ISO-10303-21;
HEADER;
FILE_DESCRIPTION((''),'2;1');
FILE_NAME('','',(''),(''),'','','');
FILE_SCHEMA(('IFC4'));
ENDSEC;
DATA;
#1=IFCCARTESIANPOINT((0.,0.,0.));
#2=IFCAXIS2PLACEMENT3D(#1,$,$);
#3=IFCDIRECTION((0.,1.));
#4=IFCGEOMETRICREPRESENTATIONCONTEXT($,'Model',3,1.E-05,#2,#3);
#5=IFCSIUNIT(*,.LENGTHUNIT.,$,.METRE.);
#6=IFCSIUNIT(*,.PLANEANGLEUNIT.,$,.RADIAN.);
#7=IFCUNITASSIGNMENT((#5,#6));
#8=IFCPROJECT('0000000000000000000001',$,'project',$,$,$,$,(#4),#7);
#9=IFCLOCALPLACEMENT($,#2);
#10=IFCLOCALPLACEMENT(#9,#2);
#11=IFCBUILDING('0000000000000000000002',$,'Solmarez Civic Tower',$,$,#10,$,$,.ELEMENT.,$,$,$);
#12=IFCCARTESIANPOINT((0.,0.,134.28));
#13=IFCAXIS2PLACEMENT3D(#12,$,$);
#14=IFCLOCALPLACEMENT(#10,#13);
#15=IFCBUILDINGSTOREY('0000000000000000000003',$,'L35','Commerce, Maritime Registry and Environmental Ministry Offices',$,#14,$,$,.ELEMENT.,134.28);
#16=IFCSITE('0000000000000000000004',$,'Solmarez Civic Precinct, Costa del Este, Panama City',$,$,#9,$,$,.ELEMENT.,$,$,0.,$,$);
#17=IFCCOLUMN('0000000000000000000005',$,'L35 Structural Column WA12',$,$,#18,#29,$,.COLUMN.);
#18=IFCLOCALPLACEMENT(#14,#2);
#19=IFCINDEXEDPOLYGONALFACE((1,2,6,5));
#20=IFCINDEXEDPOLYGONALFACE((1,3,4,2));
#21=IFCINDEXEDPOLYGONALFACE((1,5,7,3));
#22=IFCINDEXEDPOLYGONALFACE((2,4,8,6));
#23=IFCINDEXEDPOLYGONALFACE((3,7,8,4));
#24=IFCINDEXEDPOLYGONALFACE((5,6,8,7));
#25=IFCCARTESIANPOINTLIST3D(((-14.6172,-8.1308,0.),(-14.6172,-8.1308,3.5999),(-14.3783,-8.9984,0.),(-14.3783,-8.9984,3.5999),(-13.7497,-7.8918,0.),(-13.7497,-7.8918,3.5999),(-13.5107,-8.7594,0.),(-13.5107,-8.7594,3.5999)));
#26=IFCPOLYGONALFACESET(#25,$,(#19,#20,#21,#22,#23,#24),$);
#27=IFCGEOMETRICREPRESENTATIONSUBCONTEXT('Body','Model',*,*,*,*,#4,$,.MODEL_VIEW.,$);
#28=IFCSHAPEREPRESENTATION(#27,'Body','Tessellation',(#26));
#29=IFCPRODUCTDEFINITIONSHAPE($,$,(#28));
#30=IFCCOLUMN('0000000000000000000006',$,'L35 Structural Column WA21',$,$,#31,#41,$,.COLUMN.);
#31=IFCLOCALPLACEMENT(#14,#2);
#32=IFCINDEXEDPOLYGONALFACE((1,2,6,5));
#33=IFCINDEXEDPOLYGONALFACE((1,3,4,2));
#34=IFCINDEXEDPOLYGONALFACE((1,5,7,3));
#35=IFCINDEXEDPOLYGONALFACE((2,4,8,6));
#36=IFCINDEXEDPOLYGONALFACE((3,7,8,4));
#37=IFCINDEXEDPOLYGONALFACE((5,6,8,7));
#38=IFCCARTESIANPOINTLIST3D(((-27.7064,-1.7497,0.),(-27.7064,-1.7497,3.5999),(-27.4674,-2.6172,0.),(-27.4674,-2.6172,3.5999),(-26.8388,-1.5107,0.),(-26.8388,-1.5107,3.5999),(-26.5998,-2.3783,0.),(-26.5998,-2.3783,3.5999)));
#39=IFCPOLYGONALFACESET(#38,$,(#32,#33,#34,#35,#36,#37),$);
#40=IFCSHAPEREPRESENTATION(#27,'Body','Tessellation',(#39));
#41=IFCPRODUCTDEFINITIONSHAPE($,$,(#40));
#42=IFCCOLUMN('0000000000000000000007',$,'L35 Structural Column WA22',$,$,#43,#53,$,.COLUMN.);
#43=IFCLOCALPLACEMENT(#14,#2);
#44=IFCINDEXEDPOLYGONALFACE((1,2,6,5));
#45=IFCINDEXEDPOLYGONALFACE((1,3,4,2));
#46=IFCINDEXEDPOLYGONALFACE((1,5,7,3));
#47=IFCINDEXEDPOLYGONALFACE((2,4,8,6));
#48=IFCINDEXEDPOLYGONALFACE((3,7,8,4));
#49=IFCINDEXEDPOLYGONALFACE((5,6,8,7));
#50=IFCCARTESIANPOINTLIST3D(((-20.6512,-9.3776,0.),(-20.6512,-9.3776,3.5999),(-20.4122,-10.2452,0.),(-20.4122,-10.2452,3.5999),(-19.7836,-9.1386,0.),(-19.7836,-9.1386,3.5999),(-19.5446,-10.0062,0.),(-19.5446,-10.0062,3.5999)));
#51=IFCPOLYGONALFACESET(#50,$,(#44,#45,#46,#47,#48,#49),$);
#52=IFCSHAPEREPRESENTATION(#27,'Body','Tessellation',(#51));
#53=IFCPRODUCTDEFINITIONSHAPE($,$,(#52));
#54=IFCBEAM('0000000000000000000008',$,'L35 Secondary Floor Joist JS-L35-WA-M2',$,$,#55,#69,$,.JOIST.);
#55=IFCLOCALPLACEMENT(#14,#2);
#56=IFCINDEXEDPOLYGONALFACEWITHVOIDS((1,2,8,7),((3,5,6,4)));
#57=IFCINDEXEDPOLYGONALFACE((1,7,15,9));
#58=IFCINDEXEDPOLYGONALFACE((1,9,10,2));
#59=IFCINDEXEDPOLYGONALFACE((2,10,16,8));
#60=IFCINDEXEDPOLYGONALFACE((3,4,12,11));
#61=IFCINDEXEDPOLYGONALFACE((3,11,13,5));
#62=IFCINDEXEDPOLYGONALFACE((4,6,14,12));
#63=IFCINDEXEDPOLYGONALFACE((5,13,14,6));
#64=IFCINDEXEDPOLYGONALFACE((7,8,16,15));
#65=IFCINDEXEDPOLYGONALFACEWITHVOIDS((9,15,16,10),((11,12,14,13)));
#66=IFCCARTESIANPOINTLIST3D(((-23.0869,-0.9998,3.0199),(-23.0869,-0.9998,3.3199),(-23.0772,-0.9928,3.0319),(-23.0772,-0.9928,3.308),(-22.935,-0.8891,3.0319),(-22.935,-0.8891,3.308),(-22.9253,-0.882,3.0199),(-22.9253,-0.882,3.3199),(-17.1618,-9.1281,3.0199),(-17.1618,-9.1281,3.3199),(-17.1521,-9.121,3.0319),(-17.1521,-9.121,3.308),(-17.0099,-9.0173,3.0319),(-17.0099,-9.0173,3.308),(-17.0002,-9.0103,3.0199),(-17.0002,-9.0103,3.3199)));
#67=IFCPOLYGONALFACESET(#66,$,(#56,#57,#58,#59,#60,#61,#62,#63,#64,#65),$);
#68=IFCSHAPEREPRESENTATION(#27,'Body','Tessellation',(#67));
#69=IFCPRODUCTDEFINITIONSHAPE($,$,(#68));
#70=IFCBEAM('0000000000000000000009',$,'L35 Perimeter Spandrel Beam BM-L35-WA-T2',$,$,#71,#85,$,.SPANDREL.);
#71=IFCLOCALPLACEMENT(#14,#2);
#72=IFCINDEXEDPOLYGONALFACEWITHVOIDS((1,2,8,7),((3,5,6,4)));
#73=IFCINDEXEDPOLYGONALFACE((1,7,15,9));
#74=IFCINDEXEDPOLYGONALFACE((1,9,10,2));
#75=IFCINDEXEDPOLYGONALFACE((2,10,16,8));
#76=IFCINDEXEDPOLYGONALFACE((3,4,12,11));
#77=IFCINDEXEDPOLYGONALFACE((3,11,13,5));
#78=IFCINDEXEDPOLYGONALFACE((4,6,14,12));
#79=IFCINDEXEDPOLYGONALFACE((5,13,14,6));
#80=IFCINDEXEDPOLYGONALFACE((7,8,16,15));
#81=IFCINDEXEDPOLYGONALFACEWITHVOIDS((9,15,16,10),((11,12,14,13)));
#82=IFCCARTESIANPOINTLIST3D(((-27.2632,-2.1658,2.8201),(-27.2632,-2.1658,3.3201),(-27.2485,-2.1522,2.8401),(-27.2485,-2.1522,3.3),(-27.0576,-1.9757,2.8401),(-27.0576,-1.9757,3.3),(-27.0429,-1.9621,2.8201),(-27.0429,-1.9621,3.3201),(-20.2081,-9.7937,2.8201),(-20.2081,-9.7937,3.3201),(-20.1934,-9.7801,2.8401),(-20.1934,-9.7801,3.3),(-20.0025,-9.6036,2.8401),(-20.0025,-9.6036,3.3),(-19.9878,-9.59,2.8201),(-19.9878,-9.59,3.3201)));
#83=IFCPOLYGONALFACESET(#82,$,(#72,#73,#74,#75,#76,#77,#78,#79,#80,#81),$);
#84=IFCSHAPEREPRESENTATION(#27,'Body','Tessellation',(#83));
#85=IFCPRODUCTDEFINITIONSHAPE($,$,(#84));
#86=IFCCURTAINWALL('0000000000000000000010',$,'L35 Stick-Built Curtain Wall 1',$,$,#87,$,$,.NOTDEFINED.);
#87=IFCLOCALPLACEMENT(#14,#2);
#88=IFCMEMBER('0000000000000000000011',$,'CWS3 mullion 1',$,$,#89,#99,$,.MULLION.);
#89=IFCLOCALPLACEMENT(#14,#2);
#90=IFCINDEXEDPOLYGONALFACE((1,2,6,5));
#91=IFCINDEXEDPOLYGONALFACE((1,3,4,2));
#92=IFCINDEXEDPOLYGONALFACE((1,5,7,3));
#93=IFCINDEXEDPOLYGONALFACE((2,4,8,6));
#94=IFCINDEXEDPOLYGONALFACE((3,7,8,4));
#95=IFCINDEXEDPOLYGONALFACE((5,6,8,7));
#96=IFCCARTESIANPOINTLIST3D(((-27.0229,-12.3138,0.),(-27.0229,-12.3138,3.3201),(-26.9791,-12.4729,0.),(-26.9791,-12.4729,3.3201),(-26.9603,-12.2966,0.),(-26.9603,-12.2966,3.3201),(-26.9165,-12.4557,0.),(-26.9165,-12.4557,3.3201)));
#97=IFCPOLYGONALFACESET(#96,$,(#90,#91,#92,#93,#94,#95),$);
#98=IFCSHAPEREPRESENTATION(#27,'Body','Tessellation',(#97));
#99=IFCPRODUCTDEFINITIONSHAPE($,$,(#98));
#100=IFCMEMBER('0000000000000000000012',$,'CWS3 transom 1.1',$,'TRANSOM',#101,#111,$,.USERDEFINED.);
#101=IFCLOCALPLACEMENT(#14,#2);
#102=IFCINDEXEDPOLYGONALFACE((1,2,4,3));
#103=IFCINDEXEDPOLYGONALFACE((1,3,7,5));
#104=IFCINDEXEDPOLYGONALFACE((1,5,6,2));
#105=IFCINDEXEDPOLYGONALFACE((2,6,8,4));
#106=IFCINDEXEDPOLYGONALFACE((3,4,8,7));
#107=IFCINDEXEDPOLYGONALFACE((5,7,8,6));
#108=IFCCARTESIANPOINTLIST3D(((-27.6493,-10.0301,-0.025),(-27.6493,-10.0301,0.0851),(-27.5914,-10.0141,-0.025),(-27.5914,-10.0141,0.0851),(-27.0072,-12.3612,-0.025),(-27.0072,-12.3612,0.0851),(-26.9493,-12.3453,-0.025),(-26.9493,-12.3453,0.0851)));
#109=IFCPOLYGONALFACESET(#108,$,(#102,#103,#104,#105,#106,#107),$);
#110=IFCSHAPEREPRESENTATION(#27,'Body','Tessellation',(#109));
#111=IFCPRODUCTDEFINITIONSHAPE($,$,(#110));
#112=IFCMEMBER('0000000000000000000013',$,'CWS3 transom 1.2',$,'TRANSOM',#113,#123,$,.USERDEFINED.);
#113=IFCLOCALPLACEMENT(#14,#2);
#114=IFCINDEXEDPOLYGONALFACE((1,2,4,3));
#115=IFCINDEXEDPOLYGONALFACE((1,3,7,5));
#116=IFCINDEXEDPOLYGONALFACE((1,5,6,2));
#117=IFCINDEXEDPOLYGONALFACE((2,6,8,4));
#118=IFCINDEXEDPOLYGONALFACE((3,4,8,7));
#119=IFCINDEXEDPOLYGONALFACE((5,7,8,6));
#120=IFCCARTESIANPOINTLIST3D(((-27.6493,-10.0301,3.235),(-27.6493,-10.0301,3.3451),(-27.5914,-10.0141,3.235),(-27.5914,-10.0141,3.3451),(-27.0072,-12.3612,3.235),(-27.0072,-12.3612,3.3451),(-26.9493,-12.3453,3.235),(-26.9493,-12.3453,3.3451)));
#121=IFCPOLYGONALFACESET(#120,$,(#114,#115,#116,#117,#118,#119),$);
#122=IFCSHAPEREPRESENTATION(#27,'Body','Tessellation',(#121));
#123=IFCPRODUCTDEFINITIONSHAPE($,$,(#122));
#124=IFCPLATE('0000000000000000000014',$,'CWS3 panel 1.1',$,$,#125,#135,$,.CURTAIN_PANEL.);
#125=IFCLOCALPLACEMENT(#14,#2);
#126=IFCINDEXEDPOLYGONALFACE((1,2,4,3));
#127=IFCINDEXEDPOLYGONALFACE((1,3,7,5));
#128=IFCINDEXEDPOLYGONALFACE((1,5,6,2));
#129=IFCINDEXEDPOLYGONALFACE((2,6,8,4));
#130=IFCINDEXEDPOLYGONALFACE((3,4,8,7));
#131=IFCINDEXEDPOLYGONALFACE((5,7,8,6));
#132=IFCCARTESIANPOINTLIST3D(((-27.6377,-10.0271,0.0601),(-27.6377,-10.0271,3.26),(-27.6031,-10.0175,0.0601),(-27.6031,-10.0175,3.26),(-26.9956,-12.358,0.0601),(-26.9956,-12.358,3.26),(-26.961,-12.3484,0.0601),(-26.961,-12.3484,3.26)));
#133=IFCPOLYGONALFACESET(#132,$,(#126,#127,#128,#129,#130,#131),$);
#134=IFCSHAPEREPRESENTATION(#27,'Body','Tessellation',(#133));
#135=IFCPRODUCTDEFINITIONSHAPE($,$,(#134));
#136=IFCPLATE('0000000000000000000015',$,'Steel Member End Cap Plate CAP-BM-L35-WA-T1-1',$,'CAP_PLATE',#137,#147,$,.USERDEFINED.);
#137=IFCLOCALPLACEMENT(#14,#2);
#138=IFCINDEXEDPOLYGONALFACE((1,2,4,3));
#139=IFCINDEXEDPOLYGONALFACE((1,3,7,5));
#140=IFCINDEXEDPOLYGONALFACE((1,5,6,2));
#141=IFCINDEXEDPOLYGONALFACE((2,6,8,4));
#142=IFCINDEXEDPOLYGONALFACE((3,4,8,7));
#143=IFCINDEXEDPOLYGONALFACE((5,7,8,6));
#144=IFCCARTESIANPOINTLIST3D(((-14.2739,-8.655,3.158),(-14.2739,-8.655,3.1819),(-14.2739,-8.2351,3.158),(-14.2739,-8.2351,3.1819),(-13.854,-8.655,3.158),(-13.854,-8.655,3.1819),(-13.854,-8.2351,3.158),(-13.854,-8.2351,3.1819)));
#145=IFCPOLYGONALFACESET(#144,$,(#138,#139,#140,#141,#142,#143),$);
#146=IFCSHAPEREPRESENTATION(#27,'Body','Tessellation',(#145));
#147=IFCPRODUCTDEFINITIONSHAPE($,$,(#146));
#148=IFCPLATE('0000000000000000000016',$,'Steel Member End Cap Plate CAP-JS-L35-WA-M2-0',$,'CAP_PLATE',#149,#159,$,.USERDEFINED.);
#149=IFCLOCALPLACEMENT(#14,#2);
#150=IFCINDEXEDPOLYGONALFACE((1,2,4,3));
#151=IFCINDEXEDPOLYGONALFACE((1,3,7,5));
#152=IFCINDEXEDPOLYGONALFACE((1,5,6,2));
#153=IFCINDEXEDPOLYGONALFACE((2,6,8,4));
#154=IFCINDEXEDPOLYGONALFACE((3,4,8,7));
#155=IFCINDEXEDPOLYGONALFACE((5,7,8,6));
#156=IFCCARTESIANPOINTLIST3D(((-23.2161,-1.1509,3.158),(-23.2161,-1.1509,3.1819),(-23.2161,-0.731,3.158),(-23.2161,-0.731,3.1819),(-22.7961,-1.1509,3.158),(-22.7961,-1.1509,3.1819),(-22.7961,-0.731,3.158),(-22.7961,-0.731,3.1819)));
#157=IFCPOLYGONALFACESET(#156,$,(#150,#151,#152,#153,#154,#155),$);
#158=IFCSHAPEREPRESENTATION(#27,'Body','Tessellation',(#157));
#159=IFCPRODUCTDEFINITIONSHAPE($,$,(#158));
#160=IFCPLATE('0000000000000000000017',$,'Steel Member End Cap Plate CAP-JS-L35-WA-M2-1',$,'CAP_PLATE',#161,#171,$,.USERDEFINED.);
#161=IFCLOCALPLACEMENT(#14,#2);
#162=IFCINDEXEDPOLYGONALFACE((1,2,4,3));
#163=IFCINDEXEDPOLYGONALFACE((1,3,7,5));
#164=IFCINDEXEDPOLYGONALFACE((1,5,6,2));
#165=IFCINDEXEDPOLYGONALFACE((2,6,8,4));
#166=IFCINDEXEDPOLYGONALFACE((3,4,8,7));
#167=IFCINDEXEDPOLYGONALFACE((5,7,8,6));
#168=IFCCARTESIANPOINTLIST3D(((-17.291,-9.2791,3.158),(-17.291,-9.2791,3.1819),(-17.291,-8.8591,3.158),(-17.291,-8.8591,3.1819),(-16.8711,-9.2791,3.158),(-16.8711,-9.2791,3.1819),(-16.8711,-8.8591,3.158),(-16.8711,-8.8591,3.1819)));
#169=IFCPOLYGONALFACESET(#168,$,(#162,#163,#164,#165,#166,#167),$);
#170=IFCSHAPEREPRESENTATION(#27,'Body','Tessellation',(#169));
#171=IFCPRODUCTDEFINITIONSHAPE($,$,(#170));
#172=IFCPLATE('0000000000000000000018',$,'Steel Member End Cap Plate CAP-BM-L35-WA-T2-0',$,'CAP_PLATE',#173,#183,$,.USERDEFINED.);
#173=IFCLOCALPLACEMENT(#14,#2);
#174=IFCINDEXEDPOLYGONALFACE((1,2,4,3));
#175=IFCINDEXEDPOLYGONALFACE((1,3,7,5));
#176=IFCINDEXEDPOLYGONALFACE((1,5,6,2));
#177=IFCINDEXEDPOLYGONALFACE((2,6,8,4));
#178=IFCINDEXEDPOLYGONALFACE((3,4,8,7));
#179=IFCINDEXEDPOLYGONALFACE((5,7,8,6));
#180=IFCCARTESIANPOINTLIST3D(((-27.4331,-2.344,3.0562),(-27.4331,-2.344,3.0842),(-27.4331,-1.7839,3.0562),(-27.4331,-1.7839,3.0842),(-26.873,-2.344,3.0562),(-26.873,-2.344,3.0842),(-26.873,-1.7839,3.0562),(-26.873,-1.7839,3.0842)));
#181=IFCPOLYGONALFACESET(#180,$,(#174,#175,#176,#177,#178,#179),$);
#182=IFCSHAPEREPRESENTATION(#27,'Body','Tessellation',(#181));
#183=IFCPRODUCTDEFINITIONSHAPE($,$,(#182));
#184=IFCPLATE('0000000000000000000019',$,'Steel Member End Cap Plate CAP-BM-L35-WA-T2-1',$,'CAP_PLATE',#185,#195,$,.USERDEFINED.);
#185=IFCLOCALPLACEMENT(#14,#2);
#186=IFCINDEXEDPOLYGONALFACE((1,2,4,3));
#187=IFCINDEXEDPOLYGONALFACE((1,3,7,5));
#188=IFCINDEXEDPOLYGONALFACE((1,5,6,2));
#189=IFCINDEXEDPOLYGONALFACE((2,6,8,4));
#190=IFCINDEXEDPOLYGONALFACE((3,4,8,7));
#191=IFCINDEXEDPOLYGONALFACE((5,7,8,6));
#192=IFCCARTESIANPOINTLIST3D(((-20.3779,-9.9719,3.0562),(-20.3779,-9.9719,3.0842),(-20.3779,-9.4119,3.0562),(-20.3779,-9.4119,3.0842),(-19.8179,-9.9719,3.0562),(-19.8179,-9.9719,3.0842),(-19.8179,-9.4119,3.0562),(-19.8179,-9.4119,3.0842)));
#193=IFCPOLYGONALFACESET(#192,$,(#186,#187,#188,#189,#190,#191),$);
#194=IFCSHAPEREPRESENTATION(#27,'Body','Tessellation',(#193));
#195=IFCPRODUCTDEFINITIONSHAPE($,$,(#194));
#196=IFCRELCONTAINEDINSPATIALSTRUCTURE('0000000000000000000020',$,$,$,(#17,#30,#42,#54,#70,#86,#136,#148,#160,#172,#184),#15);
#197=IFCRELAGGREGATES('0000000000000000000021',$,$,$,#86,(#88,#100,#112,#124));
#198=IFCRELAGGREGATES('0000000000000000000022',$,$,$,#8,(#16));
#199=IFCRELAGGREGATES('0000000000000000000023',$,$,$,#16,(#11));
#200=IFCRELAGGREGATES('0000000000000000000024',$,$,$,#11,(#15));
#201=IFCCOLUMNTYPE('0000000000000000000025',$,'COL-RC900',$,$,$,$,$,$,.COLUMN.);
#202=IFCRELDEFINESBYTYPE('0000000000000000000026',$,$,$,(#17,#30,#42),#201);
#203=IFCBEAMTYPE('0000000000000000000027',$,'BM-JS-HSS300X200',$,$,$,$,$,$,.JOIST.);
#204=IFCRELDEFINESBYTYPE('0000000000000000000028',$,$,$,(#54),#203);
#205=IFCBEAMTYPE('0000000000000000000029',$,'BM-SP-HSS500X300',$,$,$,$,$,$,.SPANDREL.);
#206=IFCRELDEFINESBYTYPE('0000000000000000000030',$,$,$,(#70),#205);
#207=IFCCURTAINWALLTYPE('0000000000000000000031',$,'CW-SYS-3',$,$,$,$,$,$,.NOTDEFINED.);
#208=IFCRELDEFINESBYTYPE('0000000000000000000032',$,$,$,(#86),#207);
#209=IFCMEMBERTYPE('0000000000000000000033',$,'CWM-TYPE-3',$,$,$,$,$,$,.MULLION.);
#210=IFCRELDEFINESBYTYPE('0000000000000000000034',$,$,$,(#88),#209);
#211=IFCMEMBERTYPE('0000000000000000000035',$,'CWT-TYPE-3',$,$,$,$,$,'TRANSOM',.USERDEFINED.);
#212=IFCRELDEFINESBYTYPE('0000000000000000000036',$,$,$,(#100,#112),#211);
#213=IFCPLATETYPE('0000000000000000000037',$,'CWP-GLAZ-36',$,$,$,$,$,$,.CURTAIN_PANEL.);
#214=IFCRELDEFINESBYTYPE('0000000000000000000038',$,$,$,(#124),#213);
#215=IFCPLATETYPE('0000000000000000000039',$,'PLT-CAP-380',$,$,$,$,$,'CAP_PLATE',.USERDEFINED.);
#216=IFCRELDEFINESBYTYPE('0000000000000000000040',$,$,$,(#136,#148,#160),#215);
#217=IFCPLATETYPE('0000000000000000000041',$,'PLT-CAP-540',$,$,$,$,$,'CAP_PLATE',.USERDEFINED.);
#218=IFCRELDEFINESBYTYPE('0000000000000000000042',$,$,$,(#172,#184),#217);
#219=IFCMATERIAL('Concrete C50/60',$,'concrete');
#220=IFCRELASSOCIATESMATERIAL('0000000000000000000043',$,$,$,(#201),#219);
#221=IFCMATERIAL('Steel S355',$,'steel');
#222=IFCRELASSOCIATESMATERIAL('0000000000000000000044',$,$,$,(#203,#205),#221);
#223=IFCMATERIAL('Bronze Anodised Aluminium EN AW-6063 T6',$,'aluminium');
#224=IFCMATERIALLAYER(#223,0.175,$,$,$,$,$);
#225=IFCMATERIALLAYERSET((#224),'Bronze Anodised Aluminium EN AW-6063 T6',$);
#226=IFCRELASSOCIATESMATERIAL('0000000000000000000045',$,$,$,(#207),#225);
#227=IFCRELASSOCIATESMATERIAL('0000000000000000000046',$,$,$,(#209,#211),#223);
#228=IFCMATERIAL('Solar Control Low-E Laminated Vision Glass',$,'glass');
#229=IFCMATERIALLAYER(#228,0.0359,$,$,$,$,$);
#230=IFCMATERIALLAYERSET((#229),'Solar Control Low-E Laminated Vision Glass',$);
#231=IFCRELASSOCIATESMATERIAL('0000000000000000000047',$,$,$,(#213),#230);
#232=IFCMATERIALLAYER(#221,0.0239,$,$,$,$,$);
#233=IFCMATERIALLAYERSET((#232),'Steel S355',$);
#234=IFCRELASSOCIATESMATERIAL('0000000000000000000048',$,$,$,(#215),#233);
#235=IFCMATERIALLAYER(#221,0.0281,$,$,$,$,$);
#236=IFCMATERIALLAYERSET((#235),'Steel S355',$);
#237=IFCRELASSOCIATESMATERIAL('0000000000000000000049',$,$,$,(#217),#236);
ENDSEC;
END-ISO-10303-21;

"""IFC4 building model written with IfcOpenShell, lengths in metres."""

from ifc_helpers import new_model, si_unit, direction, frame, origin, origin_2d, place, context, subcontext, project, spatial, rectangle, hollow_rectangle, extrude, material, layer, layer_set, material_profile, profile_set, type_object, element, aggregate, save


model = new_model("IFC4")

# Units and contexts
model_context = context("Model", 3, precision=1e-05, world=origin(), true_north=direction((0.0, 1.0)))
body_context = subcontext(model_context, "Body", "Model", "MODEL_VIEW")
ifc_project = project(units=[si_unit("LENGTHUNIT", "METRE"), si_unit("PLANEANGLEUNIT", "RADIAN")], contexts=[model_context])

# Site, building, storey
site_placement = place(None, origin())
site = spatial("IfcSite", under=ifc_project, at=site_placement, Name="Solmarez Civic Precinct, Costa del Este, Panama City", CompositionType="ELEMENT", RefElevation=0.0)
building_placement = place(site_placement, origin())
building = spatial("IfcBuilding", under=site, at=building_placement, Name="Solmarez Civic Tower", CompositionType="ELEMENT")
storey_placement = place(building_placement, frame((0.0, 0.0, 134.28)))
storey = spatial("IfcBuildingStorey", under=building, at=storey_placement, Name="L35", Description="Commerce, Maritime Registry and Environmental Ministry Offices", CompositionType="ELEMENT", Elevation=134.28)

# Columns
ifc_material_1 = material(Name="Concrete C50/60", Category="concrete")
ifc_material_profile_1 = material_profile(ifc_material_1, rectangle(XDim=0.8999, YDim=0.8999, at=origin_2d()), Name="RC900X900")
ifc_profile_set_1 = profile_set([ifc_material_profile_1], Name="Concrete C50/60")
column_type = type_object("IfcColumnType", Name="COL-RC900", PredefinedType="COLUMN", material=ifc_profile_set_1)
for number, where, z_axis, x_axis, name in (
    (1, (-14.064, -8.4451, 0.0), (0.0, 0.0, 1.0), (0.964095, 0.265556, 0.0), "L35 Structural Column WA12"),
    (2, (-27.1531, -2.064, 0.0), (0.0, 0.0, 1.0), (0.964095, 0.265556, 0.0), "L35 Structural Column WA21"),
    (3, (-20.0979, -9.6919, 0.0), (0.0, 0.0, 1.0), (0.964095, 0.265556, 0.0), "L35 Structural Column WA22"),
):
    element("IfcColumn", number, at=place(storey_placement, frame(where, z_axis=z_axis, x_axis=x_axis)), inside=storey, type_object=column_type, Name=name, PredefinedType="COLUMN", context=body_context, shape_type="SweptSolid", body=[
        extrude(rectangle(XDim=0.8999, YDim=0.8999, at=origin_2d()), origin(), (0.0, 0.0, 1.0), 3.5999),
    ])

# Beams
ifc_material_2 = material(Name="Steel S355", Category="steel")
ifc_material_profile_2 = material_profile(ifc_material_2, hollow_rectangle(XDim=0.2, YDim=0.3, WallThickness=0.012, at=origin_2d()), Name="HSS300X200X12")
ifc_profile_set_2 = profile_set([ifc_material_profile_2], Name="Steel S355")
beam_type_1 = type_object("IfcBeamType", Name="BM-JS-HSS300X200", PredefinedType="JOIST", material=ifc_profile_set_2)
beam_1_placement = place(storey_placement, frame((-23.0061, -0.9409, 3.1699), z_axis=(0.589059, -0.80809, 0.0), x_axis=(0.80809, 0.589059, 0.0)))
element("IfcBeam", 4, at=beam_1_placement, inside=storey, type_object=beam_type_1, Name="L35 Secondary Floor Joist JS-L35-WA-M2", PredefinedType="JOIST", context=body_context, shape_type="SweptSolid", body=[
    extrude(hollow_rectangle(XDim=0.2, YDim=0.3, WallThickness=0.012, at=origin_2d()), origin(), (0.0, 0.0, 1.0), 10.0586),
])
ifc_material_profile_3 = material_profile(ifc_material_2, hollow_rectangle(XDim=0.3, YDim=0.5, WallThickness=0.02, at=origin_2d()), Name="HSS500X300X20")
ifc_profile_set_3 = profile_set([ifc_material_profile_3], Name="Steel S355")
beam_type_2 = type_object("IfcBeamType", Name="BM-SP-HSS500X300", PredefinedType="SPANDREL", material=ifc_profile_set_3)
beam_2_placement = place(storey_placement, frame((-27.1531, -2.064, 3.0701), z_axis=(0.679008, -0.734131, 0.0), x_axis=(0.734131, 0.679008, 0.0)))
element("IfcBeam", 5, at=beam_2_placement, inside=storey, type_object=beam_type_2, Name="L35 Perimeter Spandrel Beam BM-L35-WA-T2", PredefinedType="SPANDREL", context=body_context, shape_type="SweptSolid", body=[
    extrude(hollow_rectangle(XDim=0.3, YDim=0.5, WallThickness=0.02, at=origin_2d()), origin(), (0.0, 0.0, 1.0), 10.3904),
])

# Curtain wall, members, plate
ifc_material_3 = material(Name="Bronze Anodised Aluminium EN AW-6063 T6", Category="aluminium")
ifc_layer_1 = layer(ifc_material_3, 0.175)
ifc_layer_set_1 = layer_set([ifc_layer_1], Name="Bronze Anodised Aluminium EN AW-6063 T6")
curtain_wall_type = type_object("IfcCurtainWallType", Name="CW-SYS-3", PredefinedType="NOTDEFINED", material=ifc_layer_set_1)
curtain_wall_placement = place(storey_placement, origin())
curtain_wall = element("IfcCurtainWall", 6, at=curtain_wall_placement, inside=storey, type_object=curtain_wall_type, Name="L35 Stick-Built Curtain Wall 1", PredefinedType="NOTDEFINED")
ifc_material_profile_4 = material_profile(ifc_material_3, rectangle(XDim=0.0649, YDim=0.165, at=origin_2d()), Name="CWM-65X165")
ifc_profile_set_4 = profile_set([ifc_material_profile_4], Name="Bronze Anodised Aluminium EN AW-6063 T6")
member_type_1 = type_object("IfcMemberType", Name="CWM-TYPE-3", PredefinedType="MULLION", material=ifc_profile_set_4)
member_1_placement = place(storey_placement, frame((-26.9697, -12.3848, 0.0), z_axis=(0.0, 0.0, 1.0), x_axis=(-0.964091, -0.265572, 0.0)))
member_1 = element("IfcMember", 7, at=member_1_placement, type_object=member_type_1, Name="CWS3 mullion 1", PredefinedType="MULLION", context=body_context, shape_type="SweptSolid", body=[
    extrude(rectangle(XDim=0.0649, YDim=0.165, at=origin_2d()), origin(), (0.0, 0.0, 1.0), 3.3201),
])
ifc_material_profile_5 = material_profile(ifc_material_3, rectangle(XDim=0.0601, YDim=0.1101, at=origin_2d()), Name="CWT-60X110")
ifc_profile_set_5 = profile_set([ifc_material_profile_5], Name="Bronze Anodised Aluminium EN AW-6063 T6")
member_type_2 = type_object("IfcMemberType", Name="CWT-TYPE-3", ElementType="TRANSOM", PredefinedType="USERDEFINED", material=ifc_profile_set_5)
member_2_placement = place(storey_placement, frame((-26.9783, -12.3533, 0.03), z_axis=(-0.26556, 0.964094, 0.0), x_axis=(-0.964094, -0.26556, 0.0)))
member_2 = element("IfcMember", 8, at=member_2_placement, type_object=member_type_2, Name="CWS3 transom 1.1", ObjectType="TRANSOM", PredefinedType="USERDEFINED", context=body_context, shape_type="SweptSolid", body=[
    extrude(rectangle(XDim=0.0601, YDim=0.1101, at=origin_2d()), origin(), (0.0, 0.0, 1.0), 2.418),
])
member_3_placement = place(storey_placement, frame((-26.9783, -12.3533, 3.29), z_axis=(-0.26556, 0.964094, 0.0), x_axis=(-0.964094, -0.26556, 0.0)))
member_3 = element("IfcMember", 9, at=member_3_placement, type_object=member_type_2, Name="CWS3 transom 1.2", ObjectType="TRANSOM", PredefinedType="USERDEFINED", context=body_context, shape_type="SweptSolid", body=[
    extrude(rectangle(XDim=0.0601, YDim=0.1101, at=origin_2d()), origin(), (0.0, 0.0, 1.0), 2.418),
])
ifc_material_4 = material(Name="Solar Control Low-E Laminated Vision Glass", Category="glass")
ifc_layer_2 = layer(ifc_material_4, 0.0359)
ifc_layer_set_2 = layer_set([ifc_layer_2], Name="Solar Control Low-E Laminated Vision Glass")
plate_type_1 = type_object("IfcPlateType", Name="CWP-GLAZ-36", PredefinedType="CURTAIN_PANEL", material=ifc_layer_set_2)
plate_placement = place(storey_placement, frame((-27.2993, -11.1877, 0.0601), z_axis=(0.0, 0.0, 1.0), x_axis=(-0.265572, 0.964091, 0.0)))
plate = element("IfcPlate", 10, at=plate_placement, type_object=plate_type_1, Name="CWS3 panel 1.1", PredefinedType="CURTAIN_PANEL", context=body_context, shape_type="SweptSolid", body=[
    extrude(rectangle(XDim=2.4177, YDim=0.0359, at=origin_2d()), origin(), (0.0, 0.0, 1.0), 3.2),
])
aggregate(curtain_wall, [member_1, member_2, member_3, plate])

# Plates
ifc_layer_3 = layer(ifc_material_2, 0.0239)
ifc_layer_set_3 = layer_set([ifc_layer_3], Name="Steel S355")
plate_type_2 = type_object("IfcPlateType", Name="PLT-CAP-380", ElementType="CAP_PLATE", PredefinedType="USERDEFINED", material=ifc_layer_set_3)
for number, where, z_axis, x_axis, name in (
    (11, (-14.064, -8.4451, 3.158), (0.0, 0.0, 1.0), (1.0, 0.0, 0.0), "Steel Member End Cap Plate CAP-BM-L35-WA-T1-1"),
    (12, (-23.0061, -0.9409, 3.158), (0.0, 0.0, 1.0), (1.0, 0.0, 0.0), "Steel Member End Cap Plate CAP-JS-L35-WA-M2-0"),
    (13, (-17.0811, -9.0691, 3.158), (0.0, 0.0, 1.0), (1.0, 0.0, 0.0), "Steel Member End Cap Plate CAP-JS-L35-WA-M2-1"),
):
    element("IfcPlate", number, at=place(storey_placement, frame(where, z_axis=z_axis, x_axis=x_axis)), inside=storey, type_object=plate_type_2, Name=name, ObjectType="CAP_PLATE", PredefinedType="USERDEFINED", context=body_context, shape_type="SweptSolid", body=[
        extrude(rectangle(XDim=0.4199, YDim=0.4199, at=origin_2d()), origin(), (0.0, 0.0, 1.0), 0.0239),
    ])
ifc_layer_4 = layer(ifc_material_2, 0.0281)
ifc_layer_set_4 = layer_set([ifc_layer_4], Name="Steel S355")
plate_type_3 = type_object("IfcPlateType", Name="PLT-CAP-540", ElementType="CAP_PLATE", PredefinedType="USERDEFINED", material=ifc_layer_set_4)
for number, where, z_axis, x_axis, name in (
    (14, (-27.1531, -2.064, 3.0562), (0.0, 0.0, 1.0), (1.0, 0.0, 0.0), "Steel Member End Cap Plate CAP-BM-L35-WA-T2-0"),
    (15, (-20.0979, -9.6919, 3.0562), (0.0, 0.0, 1.0), (1.0, 0.0, 0.0), "Steel Member End Cap Plate CAP-BM-L35-WA-T2-1"),
):
    element("IfcPlate", number, at=place(storey_placement, frame(where, z_axis=z_axis, x_axis=x_axis)), inside=storey, type_object=plate_type_3, Name=name, ObjectType="CAP_PLATE", PredefinedType="USERDEFINED", context=body_context, shape_type="SweptSolid", body=[
        extrude(rectangle(XDim=0.5601, YDim=0.5601, at=origin_2d()), origin(), (0.0, 0.0, 1.0), 0.0281),
    ])

save(model, "model.ifc")
